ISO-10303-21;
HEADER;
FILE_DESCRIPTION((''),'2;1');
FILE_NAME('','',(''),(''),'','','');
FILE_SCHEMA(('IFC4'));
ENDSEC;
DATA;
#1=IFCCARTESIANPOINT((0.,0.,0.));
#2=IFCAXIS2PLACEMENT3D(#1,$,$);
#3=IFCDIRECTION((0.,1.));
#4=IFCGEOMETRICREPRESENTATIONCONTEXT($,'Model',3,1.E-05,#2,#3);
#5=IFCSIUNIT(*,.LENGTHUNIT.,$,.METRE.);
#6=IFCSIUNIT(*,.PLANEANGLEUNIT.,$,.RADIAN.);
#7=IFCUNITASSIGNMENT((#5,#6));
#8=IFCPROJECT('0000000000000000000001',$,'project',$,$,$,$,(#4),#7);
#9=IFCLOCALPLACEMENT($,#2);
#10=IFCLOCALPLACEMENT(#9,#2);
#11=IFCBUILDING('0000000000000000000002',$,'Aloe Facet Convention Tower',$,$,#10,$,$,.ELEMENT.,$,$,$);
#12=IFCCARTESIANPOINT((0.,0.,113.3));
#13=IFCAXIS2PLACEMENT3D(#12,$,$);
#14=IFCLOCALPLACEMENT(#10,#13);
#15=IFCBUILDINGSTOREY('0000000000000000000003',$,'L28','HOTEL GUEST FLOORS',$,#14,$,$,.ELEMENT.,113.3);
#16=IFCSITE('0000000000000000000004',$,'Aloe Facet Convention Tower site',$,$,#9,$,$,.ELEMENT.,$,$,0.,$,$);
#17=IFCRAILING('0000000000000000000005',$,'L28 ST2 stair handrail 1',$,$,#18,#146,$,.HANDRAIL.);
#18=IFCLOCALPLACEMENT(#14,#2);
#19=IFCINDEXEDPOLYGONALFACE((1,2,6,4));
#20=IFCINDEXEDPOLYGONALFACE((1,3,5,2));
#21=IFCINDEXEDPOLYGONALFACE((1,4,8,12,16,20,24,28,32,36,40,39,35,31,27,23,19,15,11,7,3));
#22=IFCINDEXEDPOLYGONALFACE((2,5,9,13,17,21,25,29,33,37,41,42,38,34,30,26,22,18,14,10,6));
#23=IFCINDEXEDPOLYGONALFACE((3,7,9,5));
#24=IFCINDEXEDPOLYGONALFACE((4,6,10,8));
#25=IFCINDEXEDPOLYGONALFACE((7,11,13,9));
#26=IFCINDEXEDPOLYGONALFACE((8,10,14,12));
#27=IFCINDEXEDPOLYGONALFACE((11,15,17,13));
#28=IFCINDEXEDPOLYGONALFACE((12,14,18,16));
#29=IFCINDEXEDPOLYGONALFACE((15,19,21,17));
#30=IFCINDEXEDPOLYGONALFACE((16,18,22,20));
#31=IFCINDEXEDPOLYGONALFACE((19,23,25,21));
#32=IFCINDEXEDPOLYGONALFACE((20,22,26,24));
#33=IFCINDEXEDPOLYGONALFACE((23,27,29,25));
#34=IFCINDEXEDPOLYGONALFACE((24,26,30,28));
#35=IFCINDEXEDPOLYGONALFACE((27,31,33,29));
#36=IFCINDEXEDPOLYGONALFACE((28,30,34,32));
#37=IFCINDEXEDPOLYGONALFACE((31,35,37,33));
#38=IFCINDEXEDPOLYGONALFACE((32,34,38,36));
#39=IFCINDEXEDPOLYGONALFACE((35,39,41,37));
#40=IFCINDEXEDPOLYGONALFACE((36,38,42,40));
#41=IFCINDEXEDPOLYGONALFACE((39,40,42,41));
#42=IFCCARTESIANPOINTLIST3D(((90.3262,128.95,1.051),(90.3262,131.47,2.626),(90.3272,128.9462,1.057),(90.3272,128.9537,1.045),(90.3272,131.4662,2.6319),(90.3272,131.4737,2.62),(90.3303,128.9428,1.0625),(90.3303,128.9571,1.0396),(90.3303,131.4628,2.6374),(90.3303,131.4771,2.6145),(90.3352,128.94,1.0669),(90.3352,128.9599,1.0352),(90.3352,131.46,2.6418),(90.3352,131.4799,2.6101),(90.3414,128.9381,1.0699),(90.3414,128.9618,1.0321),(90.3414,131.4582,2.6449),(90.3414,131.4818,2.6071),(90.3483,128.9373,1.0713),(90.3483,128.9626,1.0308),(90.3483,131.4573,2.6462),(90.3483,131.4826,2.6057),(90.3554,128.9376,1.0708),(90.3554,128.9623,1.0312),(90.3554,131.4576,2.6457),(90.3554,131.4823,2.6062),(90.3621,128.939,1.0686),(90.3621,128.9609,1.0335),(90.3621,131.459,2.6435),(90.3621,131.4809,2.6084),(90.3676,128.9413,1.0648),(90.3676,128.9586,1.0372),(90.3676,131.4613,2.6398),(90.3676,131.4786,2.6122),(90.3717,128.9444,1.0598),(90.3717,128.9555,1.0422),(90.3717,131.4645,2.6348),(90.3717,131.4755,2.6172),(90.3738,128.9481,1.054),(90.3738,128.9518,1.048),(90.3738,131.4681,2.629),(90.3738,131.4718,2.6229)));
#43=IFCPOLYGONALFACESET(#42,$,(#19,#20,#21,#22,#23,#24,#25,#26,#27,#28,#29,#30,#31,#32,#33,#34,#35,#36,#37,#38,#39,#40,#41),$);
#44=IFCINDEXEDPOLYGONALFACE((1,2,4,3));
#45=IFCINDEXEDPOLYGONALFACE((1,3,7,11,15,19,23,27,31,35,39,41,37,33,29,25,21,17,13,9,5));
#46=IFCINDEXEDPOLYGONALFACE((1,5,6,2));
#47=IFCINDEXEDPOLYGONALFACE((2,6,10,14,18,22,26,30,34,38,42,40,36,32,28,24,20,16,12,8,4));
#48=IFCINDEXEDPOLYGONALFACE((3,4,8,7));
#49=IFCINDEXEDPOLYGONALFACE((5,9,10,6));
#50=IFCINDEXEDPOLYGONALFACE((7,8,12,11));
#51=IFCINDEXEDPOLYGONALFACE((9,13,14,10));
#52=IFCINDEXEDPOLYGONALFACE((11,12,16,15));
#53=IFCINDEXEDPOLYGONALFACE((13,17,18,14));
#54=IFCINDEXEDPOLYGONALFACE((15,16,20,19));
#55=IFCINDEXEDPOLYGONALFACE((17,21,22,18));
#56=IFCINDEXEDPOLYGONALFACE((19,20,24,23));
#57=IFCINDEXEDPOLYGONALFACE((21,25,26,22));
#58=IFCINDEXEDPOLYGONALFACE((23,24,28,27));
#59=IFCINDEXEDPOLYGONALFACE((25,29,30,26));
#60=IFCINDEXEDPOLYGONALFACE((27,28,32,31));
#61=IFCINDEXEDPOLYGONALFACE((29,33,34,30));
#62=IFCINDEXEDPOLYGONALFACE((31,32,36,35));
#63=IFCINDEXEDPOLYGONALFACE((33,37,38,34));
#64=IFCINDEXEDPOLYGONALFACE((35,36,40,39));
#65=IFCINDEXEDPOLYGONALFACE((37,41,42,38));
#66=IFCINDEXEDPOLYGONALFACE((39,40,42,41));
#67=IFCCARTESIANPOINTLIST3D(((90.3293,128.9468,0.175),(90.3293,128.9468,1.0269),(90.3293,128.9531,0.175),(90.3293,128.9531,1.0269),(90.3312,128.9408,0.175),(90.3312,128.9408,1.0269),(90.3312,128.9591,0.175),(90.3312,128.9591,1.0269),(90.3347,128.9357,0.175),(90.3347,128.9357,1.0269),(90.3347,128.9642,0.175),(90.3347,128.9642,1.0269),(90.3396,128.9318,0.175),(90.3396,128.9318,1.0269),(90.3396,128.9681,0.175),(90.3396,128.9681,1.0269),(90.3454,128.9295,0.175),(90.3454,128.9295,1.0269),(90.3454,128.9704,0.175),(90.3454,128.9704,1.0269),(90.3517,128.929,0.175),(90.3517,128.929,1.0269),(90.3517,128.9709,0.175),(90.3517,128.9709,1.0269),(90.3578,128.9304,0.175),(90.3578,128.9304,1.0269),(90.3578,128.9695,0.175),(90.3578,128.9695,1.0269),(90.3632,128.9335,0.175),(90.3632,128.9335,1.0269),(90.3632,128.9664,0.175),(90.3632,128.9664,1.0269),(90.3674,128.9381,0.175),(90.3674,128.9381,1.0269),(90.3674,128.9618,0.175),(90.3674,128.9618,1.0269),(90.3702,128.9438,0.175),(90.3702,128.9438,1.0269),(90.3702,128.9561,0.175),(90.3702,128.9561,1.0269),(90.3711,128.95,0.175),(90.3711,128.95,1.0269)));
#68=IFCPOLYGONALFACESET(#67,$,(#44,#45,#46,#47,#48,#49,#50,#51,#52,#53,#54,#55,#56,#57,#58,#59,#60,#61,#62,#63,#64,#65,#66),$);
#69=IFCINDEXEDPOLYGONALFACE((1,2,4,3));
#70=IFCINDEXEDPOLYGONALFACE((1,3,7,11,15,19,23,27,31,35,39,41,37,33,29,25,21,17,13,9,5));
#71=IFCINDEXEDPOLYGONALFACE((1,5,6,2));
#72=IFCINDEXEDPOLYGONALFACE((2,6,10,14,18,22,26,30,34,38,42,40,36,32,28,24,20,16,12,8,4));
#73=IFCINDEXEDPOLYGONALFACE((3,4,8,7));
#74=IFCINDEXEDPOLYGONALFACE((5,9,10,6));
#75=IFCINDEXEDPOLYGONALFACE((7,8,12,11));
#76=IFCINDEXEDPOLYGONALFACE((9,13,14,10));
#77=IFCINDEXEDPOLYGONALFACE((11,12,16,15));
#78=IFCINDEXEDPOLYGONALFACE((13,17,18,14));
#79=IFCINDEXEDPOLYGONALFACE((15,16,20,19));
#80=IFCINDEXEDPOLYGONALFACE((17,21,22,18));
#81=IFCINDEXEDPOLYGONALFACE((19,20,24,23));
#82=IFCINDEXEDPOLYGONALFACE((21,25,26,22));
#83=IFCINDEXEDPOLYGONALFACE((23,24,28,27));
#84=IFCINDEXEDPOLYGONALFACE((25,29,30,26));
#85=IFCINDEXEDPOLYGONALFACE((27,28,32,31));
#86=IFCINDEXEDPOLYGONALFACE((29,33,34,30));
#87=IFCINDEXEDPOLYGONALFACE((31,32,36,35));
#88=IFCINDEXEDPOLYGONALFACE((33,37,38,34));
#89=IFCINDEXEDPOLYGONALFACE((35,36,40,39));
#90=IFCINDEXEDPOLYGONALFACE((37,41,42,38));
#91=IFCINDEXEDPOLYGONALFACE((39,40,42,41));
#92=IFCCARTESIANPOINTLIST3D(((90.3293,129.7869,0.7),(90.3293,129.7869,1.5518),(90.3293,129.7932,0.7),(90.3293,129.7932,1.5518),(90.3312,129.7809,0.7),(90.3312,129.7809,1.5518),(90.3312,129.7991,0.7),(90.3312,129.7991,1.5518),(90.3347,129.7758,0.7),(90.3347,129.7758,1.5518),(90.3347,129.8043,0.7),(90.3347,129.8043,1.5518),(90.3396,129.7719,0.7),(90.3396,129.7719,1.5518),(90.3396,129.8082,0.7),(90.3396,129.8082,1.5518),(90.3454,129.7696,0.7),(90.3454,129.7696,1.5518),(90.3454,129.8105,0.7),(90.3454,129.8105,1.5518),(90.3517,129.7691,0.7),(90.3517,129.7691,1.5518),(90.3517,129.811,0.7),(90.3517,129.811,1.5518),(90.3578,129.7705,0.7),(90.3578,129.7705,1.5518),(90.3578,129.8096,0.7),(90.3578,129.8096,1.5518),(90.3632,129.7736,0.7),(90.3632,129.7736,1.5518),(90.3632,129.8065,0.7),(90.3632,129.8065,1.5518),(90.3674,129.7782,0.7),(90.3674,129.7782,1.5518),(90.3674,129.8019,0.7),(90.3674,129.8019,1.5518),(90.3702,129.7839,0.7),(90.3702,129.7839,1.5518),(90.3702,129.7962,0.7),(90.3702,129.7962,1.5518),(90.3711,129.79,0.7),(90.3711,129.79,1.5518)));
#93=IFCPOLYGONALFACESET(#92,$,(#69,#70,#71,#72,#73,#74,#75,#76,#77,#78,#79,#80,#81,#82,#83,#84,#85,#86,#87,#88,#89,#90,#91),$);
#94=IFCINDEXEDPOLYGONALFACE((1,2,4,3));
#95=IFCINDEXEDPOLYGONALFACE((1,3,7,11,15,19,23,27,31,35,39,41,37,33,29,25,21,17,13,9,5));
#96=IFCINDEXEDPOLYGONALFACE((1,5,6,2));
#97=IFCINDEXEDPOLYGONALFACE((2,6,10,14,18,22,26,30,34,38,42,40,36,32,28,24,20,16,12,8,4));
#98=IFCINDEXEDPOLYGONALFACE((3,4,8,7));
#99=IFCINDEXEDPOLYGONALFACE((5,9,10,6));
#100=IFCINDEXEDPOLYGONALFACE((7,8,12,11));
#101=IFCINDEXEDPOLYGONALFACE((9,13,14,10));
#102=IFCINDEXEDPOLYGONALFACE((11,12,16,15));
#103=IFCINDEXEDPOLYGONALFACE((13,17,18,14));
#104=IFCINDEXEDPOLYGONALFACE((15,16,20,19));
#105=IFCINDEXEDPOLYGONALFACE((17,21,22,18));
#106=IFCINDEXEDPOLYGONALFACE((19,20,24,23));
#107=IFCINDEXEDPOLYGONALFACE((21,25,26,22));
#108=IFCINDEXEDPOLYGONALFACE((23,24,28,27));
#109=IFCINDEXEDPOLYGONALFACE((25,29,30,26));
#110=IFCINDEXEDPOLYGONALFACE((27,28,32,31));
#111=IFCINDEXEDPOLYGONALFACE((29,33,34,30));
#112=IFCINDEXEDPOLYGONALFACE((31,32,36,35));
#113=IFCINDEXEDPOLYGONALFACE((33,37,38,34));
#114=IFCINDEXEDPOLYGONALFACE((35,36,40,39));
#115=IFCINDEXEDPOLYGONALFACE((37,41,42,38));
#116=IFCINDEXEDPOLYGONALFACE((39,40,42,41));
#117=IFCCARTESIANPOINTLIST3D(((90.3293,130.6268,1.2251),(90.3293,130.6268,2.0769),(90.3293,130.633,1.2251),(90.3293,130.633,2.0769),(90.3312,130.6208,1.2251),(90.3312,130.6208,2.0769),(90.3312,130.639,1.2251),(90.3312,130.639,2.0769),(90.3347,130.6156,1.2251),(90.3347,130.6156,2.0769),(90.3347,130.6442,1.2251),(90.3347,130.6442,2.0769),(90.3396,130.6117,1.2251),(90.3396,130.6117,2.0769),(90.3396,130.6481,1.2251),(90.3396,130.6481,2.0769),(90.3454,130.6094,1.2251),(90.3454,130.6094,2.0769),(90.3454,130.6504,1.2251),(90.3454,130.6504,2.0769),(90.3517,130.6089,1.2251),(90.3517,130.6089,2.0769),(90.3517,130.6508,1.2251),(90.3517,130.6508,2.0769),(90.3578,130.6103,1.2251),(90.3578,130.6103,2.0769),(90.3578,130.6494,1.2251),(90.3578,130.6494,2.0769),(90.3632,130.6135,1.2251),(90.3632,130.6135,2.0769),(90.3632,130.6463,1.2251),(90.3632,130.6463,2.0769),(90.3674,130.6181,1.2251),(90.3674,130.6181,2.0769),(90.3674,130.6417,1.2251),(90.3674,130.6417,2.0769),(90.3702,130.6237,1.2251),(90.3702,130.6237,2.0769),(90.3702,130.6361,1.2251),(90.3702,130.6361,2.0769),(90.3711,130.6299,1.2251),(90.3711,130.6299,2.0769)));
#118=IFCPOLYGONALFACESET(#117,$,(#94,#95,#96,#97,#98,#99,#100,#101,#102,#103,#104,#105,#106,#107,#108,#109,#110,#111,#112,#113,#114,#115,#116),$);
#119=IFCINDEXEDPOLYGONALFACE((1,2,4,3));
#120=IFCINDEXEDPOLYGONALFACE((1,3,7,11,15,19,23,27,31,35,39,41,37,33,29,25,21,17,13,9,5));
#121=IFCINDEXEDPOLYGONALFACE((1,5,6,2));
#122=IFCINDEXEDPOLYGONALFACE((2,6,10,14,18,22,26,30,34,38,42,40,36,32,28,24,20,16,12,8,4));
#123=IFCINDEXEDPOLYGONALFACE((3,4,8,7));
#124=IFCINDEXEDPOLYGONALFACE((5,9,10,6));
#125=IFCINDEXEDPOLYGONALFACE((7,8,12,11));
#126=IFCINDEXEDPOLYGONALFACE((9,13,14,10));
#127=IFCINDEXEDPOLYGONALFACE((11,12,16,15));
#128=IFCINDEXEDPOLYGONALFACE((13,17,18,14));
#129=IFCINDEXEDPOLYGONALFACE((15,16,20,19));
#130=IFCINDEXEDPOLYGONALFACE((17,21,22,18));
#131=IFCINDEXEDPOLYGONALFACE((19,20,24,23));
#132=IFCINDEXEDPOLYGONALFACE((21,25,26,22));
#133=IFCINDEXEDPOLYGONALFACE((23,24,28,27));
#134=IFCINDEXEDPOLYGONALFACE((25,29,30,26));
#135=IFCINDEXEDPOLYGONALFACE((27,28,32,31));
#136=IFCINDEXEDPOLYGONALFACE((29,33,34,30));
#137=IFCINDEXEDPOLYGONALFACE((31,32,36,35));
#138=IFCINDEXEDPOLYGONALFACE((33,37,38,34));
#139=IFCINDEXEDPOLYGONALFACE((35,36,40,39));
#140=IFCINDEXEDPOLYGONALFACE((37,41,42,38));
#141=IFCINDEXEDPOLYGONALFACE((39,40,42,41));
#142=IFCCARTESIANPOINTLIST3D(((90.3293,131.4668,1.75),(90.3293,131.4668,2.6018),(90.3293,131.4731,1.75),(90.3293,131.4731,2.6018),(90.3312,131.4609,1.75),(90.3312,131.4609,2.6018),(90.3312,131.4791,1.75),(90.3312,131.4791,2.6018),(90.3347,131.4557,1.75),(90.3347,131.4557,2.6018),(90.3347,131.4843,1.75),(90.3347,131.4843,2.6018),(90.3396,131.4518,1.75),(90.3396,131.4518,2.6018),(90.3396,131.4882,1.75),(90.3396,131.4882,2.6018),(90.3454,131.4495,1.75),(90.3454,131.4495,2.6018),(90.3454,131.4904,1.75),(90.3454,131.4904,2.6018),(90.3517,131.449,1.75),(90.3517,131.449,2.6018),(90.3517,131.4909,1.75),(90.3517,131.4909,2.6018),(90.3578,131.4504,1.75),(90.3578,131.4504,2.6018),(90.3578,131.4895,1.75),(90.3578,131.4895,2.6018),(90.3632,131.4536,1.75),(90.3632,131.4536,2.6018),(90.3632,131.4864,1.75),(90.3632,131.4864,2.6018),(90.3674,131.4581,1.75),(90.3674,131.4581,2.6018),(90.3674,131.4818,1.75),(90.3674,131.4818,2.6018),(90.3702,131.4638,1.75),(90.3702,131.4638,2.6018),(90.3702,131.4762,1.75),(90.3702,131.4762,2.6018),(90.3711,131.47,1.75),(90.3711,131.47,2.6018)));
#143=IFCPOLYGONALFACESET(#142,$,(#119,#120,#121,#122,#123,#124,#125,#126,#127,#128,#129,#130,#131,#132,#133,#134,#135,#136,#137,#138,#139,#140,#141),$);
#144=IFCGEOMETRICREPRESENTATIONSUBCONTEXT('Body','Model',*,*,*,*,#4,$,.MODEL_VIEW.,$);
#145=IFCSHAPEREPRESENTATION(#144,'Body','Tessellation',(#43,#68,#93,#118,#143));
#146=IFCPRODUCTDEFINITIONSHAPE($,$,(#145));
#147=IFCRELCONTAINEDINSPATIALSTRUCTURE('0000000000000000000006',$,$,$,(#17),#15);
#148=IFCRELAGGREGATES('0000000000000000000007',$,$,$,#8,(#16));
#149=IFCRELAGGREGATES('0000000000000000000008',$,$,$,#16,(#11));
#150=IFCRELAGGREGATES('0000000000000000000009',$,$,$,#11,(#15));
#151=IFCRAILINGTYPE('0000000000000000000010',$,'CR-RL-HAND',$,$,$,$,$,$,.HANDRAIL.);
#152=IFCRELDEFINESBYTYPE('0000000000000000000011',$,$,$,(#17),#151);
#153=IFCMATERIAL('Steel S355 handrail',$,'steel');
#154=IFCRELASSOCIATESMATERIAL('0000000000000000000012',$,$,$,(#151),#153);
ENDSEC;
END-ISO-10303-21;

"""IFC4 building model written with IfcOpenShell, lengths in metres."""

from ifc_helpers import new_model, si_unit, direction, frame, origin, origin_2d, place, context, subcontext, project, spatial, circle, extrude, material, type_object, element, save


model = new_model("IFC4")

# Units and contexts
model_context = context("Model", 3, precision=1e-05, world=origin(), true_north=direction((0.0, 1.0)))
body_context = subcontext(model_context, "Body", "Model", "MODEL_VIEW")
ifc_project = project(units=[si_unit("LENGTHUNIT", "METRE"), si_unit("PLANEANGLEUNIT", "RADIAN")], contexts=[model_context])

# Site, building, storey
site_placement = place(None, origin())
site = spatial("IfcSite", under=ifc_project, at=site_placement, Name="Aloe Facet Convention Tower site", CompositionType="ELEMENT", RefElevation=0.0)
building_placement = place(site_placement, origin())
building = spatial("IfcBuilding", under=site, at=building_placement, Name="Aloe Facet Convention Tower", CompositionType="ELEMENT")
storey_placement = place(building_placement, frame((0.0, 0.0, 113.3)))
storey = spatial("IfcBuildingStorey", under=building, at=storey_placement, Name="L28", Description="HOTEL GUEST FLOORS", CompositionType="ELEMENT", Elevation=113.3)

# Railing
ifc_material_1 = material(Name="Steel S355 handrail", Category="steel")
railing_type_1 = type_object("IfcRailingType", Name="CR-RL-HAND", PredefinedType="HANDRAIL", material=ifc_material_1)
railing_1_placement = place(storey_placement, frame((90.3501, 128.95, 0.175)))
element("IfcRailing", 1, at=railing_1_placement, inside=storey, type_object=railing_type_1, Name="L28 ST2 stair handrail 1", PredefinedType="HANDRAIL", context=body_context, shape_type="SweptSolid", body=[
    extrude(circle(Radius=0.0239, at=origin_2d()), frame((0.0, 0.0, 0.876), z_axis=(0.0, 0.848008, 0.529984), x_axis=(-1.0, 0.0, 0.0)), (0.0, 0.0, 1.0), 2.9717),
    extrude(circle(Radius=0.021, at=origin_2d()), origin(), (0.0, 0.0, 1.0), 0.8518),
    extrude(circle(Radius=0.021, at=origin_2d()), frame((0.0, 0.8401, 0.5249)), (0.0, 0.0, 1.0), 0.8518),
    extrude(circle(Radius=0.021, at=origin_2d()), frame((0.0, 1.6799, 1.05)), (0.0, 0.0, 1.0), 0.8518),
    extrude(circle(Radius=0.021, at=origin_2d()), frame((0.0, 2.52, 1.575)), (0.0, 0.0, 1.0), 0.8518),
])

save(model, "model.ifc")
